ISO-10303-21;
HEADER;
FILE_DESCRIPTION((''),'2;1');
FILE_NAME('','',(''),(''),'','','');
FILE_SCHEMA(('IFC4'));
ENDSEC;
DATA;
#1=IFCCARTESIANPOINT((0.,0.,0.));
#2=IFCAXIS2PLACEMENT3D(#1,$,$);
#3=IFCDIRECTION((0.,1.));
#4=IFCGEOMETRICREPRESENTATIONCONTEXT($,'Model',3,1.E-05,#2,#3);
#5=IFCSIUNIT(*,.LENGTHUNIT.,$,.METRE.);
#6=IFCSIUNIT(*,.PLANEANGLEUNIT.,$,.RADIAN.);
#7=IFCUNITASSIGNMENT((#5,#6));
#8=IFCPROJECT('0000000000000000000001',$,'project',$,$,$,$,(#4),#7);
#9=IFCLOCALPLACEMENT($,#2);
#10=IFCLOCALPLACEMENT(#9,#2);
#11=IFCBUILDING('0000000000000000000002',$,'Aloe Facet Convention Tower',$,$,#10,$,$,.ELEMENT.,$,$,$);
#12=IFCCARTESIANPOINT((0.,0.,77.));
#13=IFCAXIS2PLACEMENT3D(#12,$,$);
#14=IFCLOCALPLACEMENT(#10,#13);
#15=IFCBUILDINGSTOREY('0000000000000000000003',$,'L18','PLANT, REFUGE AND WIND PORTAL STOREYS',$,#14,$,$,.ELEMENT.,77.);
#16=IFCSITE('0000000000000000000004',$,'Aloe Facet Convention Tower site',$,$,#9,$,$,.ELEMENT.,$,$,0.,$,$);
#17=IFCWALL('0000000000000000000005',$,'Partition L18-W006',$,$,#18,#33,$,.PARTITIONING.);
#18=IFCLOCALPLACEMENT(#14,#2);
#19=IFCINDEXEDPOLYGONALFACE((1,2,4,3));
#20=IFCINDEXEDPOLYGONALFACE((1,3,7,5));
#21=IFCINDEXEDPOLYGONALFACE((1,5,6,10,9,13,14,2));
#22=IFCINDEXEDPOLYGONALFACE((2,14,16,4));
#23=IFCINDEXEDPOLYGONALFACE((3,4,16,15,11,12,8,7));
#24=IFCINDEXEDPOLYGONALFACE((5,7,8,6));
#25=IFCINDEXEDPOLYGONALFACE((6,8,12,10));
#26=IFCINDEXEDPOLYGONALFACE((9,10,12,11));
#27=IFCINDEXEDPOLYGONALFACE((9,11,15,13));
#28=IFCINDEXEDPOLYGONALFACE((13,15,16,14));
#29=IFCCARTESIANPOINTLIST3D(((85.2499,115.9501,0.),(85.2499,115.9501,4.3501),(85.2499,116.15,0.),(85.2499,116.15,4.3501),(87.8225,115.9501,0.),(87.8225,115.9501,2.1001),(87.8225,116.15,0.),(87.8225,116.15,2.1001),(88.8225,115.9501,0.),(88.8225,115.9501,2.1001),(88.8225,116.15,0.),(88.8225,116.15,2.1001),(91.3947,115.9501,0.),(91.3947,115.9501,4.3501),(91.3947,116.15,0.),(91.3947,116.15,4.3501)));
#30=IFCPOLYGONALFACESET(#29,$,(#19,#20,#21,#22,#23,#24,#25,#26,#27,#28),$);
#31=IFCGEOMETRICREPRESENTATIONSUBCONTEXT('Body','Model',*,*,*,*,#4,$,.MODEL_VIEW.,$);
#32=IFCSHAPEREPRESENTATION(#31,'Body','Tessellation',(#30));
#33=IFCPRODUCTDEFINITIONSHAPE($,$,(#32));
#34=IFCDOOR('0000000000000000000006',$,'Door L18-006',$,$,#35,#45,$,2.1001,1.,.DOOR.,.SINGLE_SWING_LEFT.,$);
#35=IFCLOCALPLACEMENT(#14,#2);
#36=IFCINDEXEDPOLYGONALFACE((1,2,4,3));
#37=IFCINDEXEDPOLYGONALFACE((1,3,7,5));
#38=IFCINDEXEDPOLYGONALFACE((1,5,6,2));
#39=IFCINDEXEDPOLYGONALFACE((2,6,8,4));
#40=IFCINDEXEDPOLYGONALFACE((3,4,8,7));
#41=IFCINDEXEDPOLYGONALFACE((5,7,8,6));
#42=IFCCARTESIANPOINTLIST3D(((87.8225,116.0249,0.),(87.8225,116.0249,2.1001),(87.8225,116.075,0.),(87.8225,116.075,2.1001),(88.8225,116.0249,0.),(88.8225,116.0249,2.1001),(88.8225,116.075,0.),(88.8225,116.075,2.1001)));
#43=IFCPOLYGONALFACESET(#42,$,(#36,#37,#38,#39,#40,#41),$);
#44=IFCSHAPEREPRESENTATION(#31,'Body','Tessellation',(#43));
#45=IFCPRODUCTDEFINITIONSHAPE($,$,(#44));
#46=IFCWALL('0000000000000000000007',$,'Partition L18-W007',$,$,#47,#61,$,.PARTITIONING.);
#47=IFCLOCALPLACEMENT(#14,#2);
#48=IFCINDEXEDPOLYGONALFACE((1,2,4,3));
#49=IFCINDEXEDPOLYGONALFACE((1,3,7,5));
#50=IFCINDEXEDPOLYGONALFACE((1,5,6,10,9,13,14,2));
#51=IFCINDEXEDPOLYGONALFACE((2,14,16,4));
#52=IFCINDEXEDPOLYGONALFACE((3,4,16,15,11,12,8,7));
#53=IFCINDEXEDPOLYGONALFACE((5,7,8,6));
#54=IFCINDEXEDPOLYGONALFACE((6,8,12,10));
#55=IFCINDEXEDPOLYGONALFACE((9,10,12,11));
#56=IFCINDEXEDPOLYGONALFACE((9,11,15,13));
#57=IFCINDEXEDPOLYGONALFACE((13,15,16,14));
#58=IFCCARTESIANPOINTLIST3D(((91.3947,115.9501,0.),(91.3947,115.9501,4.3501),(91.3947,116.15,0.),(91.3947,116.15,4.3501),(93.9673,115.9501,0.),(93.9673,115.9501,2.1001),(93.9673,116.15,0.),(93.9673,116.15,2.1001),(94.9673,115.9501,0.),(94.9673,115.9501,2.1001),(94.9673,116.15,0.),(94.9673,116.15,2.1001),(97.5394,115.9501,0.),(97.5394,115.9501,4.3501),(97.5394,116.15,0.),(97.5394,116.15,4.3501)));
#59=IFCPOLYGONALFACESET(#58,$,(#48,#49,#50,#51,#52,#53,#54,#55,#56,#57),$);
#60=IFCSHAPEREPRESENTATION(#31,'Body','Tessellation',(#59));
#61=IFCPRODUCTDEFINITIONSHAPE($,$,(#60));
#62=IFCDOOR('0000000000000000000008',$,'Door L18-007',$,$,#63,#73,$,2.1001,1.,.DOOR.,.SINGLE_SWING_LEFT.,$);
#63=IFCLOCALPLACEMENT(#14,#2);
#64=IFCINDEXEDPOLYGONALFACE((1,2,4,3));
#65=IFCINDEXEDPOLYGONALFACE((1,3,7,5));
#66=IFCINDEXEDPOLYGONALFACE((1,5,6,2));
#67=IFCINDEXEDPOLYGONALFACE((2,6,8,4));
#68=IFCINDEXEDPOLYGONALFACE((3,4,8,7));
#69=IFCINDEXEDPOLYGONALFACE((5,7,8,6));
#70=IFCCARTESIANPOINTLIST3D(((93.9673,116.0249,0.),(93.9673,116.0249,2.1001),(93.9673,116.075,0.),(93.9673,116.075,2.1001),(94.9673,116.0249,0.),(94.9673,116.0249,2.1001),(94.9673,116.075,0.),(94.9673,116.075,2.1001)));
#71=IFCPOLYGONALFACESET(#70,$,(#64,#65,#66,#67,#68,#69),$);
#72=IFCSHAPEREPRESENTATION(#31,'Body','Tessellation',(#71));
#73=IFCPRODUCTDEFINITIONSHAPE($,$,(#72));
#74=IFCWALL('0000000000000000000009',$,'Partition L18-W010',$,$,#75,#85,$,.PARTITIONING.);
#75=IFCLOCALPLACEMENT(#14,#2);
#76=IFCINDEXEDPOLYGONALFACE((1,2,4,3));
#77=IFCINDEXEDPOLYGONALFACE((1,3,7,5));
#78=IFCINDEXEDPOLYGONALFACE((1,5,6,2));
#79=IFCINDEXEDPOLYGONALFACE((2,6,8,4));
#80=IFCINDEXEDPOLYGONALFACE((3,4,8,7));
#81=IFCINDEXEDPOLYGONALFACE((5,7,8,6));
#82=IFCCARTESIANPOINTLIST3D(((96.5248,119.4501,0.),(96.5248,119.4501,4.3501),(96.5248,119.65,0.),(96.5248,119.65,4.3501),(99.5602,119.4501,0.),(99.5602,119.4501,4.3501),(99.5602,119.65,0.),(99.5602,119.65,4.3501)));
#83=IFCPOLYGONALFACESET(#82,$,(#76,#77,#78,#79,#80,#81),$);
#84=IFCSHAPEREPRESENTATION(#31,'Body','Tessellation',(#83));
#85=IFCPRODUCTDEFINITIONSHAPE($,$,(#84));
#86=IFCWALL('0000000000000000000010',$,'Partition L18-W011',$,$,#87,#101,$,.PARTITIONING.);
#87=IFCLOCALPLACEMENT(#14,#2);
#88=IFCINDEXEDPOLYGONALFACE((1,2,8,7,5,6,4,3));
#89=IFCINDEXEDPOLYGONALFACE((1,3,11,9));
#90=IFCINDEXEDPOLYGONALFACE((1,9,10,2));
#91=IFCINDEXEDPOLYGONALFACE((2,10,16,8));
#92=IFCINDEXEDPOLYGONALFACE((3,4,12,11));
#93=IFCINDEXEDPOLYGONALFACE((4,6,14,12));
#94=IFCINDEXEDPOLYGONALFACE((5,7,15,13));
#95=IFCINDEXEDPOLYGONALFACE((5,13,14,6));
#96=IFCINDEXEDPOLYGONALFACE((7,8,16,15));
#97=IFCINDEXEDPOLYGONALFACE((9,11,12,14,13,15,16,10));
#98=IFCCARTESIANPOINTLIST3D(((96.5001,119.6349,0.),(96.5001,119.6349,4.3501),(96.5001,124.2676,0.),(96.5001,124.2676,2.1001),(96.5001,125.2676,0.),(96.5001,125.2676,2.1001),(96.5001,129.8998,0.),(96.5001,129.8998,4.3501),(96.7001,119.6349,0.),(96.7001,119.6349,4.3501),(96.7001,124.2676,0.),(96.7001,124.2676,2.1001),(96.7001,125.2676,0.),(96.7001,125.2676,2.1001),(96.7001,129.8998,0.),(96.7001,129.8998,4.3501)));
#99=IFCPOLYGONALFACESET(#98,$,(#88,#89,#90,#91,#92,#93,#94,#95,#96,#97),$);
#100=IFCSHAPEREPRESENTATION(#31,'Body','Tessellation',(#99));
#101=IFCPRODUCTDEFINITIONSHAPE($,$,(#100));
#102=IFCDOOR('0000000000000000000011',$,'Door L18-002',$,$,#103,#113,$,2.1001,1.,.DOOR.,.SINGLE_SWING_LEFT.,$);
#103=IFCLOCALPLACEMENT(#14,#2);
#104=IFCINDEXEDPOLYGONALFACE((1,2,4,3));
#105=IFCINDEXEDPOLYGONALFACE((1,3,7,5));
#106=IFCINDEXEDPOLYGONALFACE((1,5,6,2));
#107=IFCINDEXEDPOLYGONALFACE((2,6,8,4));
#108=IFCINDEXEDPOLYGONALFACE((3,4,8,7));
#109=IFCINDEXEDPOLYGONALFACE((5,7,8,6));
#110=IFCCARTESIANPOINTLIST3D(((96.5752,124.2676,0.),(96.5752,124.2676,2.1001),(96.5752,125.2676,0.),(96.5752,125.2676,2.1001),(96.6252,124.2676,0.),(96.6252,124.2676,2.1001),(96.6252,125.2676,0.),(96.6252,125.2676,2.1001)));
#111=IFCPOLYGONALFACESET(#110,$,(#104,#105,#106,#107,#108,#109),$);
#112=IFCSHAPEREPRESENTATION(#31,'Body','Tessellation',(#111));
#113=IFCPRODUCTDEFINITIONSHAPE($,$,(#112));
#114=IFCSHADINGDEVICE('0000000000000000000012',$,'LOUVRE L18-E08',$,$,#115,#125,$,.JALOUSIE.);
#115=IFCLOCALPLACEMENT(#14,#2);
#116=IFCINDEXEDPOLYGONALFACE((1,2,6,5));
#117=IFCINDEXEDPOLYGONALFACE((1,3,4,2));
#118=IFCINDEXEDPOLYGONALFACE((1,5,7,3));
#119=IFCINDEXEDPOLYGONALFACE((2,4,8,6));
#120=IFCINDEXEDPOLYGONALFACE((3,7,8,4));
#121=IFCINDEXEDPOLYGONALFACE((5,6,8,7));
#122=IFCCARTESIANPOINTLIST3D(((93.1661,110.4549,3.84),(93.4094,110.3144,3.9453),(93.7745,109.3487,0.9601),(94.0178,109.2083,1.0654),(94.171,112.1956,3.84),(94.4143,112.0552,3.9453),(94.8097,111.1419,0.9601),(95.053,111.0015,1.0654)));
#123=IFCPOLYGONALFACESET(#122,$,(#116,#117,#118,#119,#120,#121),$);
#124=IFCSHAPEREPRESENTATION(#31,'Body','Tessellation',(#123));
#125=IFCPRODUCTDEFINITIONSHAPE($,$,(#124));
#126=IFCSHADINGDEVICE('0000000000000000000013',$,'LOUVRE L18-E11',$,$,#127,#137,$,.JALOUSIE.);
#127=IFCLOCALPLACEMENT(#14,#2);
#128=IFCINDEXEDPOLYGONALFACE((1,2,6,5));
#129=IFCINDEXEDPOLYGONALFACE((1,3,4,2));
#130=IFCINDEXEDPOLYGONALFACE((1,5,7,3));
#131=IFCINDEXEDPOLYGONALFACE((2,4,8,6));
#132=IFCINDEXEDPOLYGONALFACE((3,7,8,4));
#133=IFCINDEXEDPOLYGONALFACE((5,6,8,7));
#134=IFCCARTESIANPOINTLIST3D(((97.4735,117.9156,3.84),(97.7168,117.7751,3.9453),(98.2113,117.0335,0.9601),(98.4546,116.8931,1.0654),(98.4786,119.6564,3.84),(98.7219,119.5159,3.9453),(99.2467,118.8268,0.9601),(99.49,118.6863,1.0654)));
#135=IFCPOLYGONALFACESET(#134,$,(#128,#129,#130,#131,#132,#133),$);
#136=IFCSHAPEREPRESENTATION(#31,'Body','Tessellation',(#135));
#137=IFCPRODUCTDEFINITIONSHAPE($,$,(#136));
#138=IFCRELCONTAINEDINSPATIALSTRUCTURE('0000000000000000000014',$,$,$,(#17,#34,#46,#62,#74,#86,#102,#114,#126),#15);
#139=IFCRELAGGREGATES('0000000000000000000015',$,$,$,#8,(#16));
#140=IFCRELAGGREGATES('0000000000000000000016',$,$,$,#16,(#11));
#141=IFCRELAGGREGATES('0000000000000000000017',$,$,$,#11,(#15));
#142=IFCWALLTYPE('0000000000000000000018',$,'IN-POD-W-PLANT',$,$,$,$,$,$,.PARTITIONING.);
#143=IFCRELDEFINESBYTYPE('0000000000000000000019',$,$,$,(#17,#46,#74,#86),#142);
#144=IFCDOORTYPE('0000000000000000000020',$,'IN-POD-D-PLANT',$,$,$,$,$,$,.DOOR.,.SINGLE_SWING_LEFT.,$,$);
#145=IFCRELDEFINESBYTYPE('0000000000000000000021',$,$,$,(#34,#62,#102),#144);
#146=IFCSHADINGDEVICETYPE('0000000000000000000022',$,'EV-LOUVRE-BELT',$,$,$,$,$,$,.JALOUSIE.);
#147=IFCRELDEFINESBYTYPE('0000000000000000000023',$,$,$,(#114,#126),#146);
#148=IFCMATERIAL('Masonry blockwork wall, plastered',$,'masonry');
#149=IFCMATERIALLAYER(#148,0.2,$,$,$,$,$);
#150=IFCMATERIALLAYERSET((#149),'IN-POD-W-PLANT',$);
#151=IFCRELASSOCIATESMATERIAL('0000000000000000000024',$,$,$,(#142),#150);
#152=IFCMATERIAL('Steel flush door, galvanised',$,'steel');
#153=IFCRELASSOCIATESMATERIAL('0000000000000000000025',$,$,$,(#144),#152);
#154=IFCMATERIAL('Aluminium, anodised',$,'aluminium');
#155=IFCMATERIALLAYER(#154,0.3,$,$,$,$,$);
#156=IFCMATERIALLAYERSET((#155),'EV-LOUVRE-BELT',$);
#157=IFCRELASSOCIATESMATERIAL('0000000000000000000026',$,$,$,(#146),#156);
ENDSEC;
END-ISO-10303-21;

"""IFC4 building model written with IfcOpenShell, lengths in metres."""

from ifc_helpers import new_model, si_unit, direction, frame, frame_2d, origin, place, context, subcontext, project, spatial, polyline, rectangle, outline, extrude, material, layer, layer_set, type_object, element, fill, save


model = new_model("IFC4")

# Units and contexts
model_context = context("Model", 3, precision=1e-05, world=origin(), true_north=direction((0.0, 1.0)))
body_context = subcontext(model_context, "Body", "Model", "MODEL_VIEW")
ifc_project = project(units=[si_unit("LENGTHUNIT", "METRE"), si_unit("PLANEANGLEUNIT", "RADIAN")], contexts=[model_context])

# Site, building, storey
site_placement = place(None, origin())
site = spatial("IfcSite", under=ifc_project, at=site_placement, Name="Aloe Facet Convention Tower site", CompositionType="ELEMENT", RefElevation=0.0)
building_placement = place(site_placement, origin())
building = spatial("IfcBuilding", under=site, at=building_placement, Name="Aloe Facet Convention Tower", CompositionType="ELEMENT")
storey_placement = place(building_placement, frame((0.0, 0.0, 77.0)))
storey = spatial("IfcBuildingStorey", under=building, at=storey_placement, Name="L18", Description="PLANT, REFUGE AND WIND PORTAL STOREYS", CompositionType="ELEMENT", Elevation=77.0)

# Walls, openings, doors
ifc_material_1 = material(Name="Masonry blockwork wall, plastered", Category="masonry")
ifc_layer_1 = layer(ifc_material_1, 0.2)
ifc_layer_set_1 = layer_set([ifc_layer_1], Name="IN-POD-W-PLANT")
wall_type_1 = type_object("IfcWallType", Name="IN-POD-W-PLANT", PredefinedType="PARTITIONING", material=ifc_layer_set_1)
wall_1_placement = place(storey_placement, frame((85.25, 116.05, 0.0), z_axis=(0.0, 0.0, 1.0), x_axis=(1.0, 0.0, 0.0)))
wall_1 = element("IfcWall", 1, at=wall_1_placement, inside=storey, type_object=wall_type_1, Name="Partition L18-W006", PredefinedType="PARTITIONING", context=body_context, shape_type="SweptSolid", body=[
    extrude(rectangle(XDim=6.1448, YDim=0.2, at=frame_2d((3.0723, 0.0))), origin(), (0.0, 0.0, 1.0), 4.3501),
])
opening_1_placement = place(wall_1_placement, frame((2.5725, 0.0, 0.0)))
opening_1 = element("IfcOpeningElement", 2, at=opening_1_placement, cuts=wall_1, PredefinedType="OPENING", context=body_context, shape_type="SweptSolid", body=[
    extrude(rectangle(XDim=1.0, YDim=2.1001, at=frame_2d((0.5, 1.05))), frame((0.0, 0.1099, 0.0), z_axis=(0.0, -1.0, 0.0), x_axis=(1.0, 0.0, 0.0)), (0.0, 0.0, 1.0), 0.22),
])
ifc_material_2 = material(Name="Steel flush door, galvanised", Category="steel")
door_type_1 = type_object("IfcDoorType", Name="IN-POD-D-PLANT", OperationType="SINGLE_SWING_LEFT", PredefinedType="DOOR", material=ifc_material_2)
door_1_placement = place(opening_1_placement, origin())
door_1 = element("IfcDoor", 3, at=door_1_placement, inside=storey, type_object=door_type_1, Name="Door L18-006", OperationType="SINGLE_SWING_LEFT", OverallHeight=2.1001, OverallWidth=1.0, PredefinedType="DOOR", context=body_context, shape_type="SweptSolid", body=[
    extrude(rectangle(XDim=1.0, YDim=2.1001, at=frame_2d((0.5, 1.05))), frame((0.0, 0.0249, 0.0), z_axis=(0.0, -1.0, 0.0), x_axis=(1.0, 0.0, 0.0)), (0.0, 0.0, 1.0), 0.05),
])
fill(opening_1, door_1)
wall_2_placement = place(storey_placement, frame((91.3948, 116.05, 0.0), z_axis=(0.0, 0.0, 1.0), x_axis=(1.0, 0.0, 0.0)))
wall_2 = element("IfcWall", 4, at=wall_2_placement, inside=storey, type_object=wall_type_1, Name="Partition L18-W007", PredefinedType="PARTITIONING", context=body_context, shape_type="SweptSolid", body=[
    extrude(rectangle(XDim=6.1448, YDim=0.2, at=frame_2d((3.0723, 0.0))), origin(), (0.0, 0.0, 1.0), 4.3501),
])
opening_2_placement = place(wall_2_placement, frame((2.5725, 0.0, 0.0)))
opening_2 = element("IfcOpeningElement", 5, at=opening_2_placement, cuts=wall_2, PredefinedType="OPENING", context=body_context, shape_type="SweptSolid", body=[
    extrude(rectangle(XDim=1.0, YDim=2.1001, at=frame_2d((0.5, 1.05))), frame((0.0, 0.1099, 0.0), z_axis=(0.0, -1.0, 0.0), x_axis=(1.0, 0.0, 0.0)), (0.0, 0.0, 1.0), 0.22),
])
door_2_placement = place(opening_2_placement, origin())
door_2 = element("IfcDoor", 6, at=door_2_placement, inside=storey, type_object=door_type_1, Name="Door L18-007", OperationType="SINGLE_SWING_LEFT", OverallHeight=2.1001, OverallWidth=1.0, PredefinedType="DOOR", context=body_context, shape_type="SweptSolid", body=[
    extrude(rectangle(XDim=1.0, YDim=2.1001, at=frame_2d((0.5, 1.05))), frame((0.0, 0.0249, 0.0), z_axis=(0.0, -1.0, 0.0), x_axis=(1.0, 0.0, 0.0)), (0.0, 0.0, 1.0), 0.05),
])
fill(opening_2, door_2)

# Wall
wall_3_placement = place(storey_placement, frame((96.5249, 119.55, 0.0), z_axis=(0.0, 0.0, 1.0), x_axis=(1.0, 0.0, 0.0)))
element("IfcWall", 7, at=wall_3_placement, inside=storey, type_object=wall_type_1, Name="Partition L18-W010", PredefinedType="PARTITIONING", context=body_context, shape_type="SweptSolid", body=[
    extrude(rectangle(XDim=3.0354, YDim=0.2, at=frame_2d((1.5176, 0.0))), origin(), (0.0, 0.0, 1.0), 4.3501),
])

# Wall, opening, door
wall_4_placement = place(storey_placement, frame((96.6001, 119.635, 0.0), z_axis=(0.0, 0.0, 1.0), x_axis=(0.0, 1.0, 0.0)))
wall_4 = element("IfcWall", 8, at=wall_4_placement, inside=storey, type_object=wall_type_1, Name="Partition L18-W011", PredefinedType="PARTITIONING", context=body_context, shape_type="SweptSolid", body=[
    extrude(rectangle(XDim=10.2649, YDim=0.2, at=frame_2d((5.1323, 0.0))), origin(), (0.0, 0.0, 1.0), 4.3501),
])
opening_3_placement = place(wall_4_placement, frame((4.6326, 0.0, 0.0)))
opening_3 = element("IfcOpeningElement", 9, at=opening_3_placement, cuts=wall_4, PredefinedType="OPENING", context=body_context, shape_type="SweptSolid", body=[
    extrude(rectangle(XDim=1.0, YDim=2.1001, at=frame_2d((0.5, 1.05))), frame((0.0, 0.1099, 0.0), z_axis=(0.0, -1.0, 0.0), x_axis=(1.0, 0.0, 0.0)), (0.0, 0.0, 1.0), 0.22),
])
door_3_placement = place(opening_3_placement, origin())
door_3 = element("IfcDoor", 10, at=door_3_placement, inside=storey, type_object=door_type_1, Name="Door L18-002", OperationType="SINGLE_SWING_LEFT", OverallHeight=2.1001, OverallWidth=1.0, PredefinedType="DOOR", context=body_context, shape_type="SweptSolid", body=[
    extrude(rectangle(XDim=1.0, YDim=2.1001, at=frame_2d((0.5, 1.05))), frame((0.0, 0.0249, 0.0), z_axis=(0.0, -1.0, 0.0), x_axis=(1.0, 0.0, 0.0)), (0.0, 0.0, 1.0), 0.05),
])
fill(opening_3, door_3)

# Shading devices
ifc_material_3 = material(Name="Aluminium, anodised", Category="aluminium")
ifc_layer_2 = layer(ifc_material_3, 0.3)
ifc_layer_set_2 = layer_set([ifc_layer_2], Name="EV-LOUVRE-BELT")
shading_device_type = type_object("IfcShadingDeviceType", Name="EV-LOUVRE-BELT", PredefinedType="JALOUSIE", material=ifc_layer_set_2)
shading_device_1_placement = place(storey_placement, frame((94.0178, 109.2083, 1.0654), z_axis=(0.810914, -0.468117, 0.351118), x_axis=(0.499948, 0.866055, 0.000002)))
element("IfcShadingDevice", 11, at=shading_device_1_placement, inside=storey, type_object=shading_device_type, Name="LOUVRE L18-E08", PredefinedType="JALOUSIE", context=body_context, shape_type="SweptSolid", body=[
    extrude(outline(polyline([(0.0, 0.0), (2.0705, 0.0), (2.6638, 3.0757), (0.6539, 3.0757), (0.0, 0.0)])), origin(), (0.0, 0.0, -1.0), 0.3),
])
shading_device_2_placement = place(storey_placement, frame((98.4546, 116.8931, 1.0654), z_axis=(0.810861, -0.468199, 0.351133), x_axis=(0.500038, 0.866004, 0.000002)))
element("IfcShadingDevice", 12, at=shading_device_2_placement, inside=storey, type_object=shading_device_type, Name="LOUVRE L18-E11", PredefinedType="JALOUSIE", context=body_context, shape_type="SweptSolid", body=[
    extrude(outline(polyline([(0.0, 0.0), (2.0707, 0.0), (2.405, 3.0757), (0.395, 3.0757), (0.0, 0.0)])), origin(), (0.0, 0.0, -1.0), 0.3),
])

save(model, "model.ifc")
